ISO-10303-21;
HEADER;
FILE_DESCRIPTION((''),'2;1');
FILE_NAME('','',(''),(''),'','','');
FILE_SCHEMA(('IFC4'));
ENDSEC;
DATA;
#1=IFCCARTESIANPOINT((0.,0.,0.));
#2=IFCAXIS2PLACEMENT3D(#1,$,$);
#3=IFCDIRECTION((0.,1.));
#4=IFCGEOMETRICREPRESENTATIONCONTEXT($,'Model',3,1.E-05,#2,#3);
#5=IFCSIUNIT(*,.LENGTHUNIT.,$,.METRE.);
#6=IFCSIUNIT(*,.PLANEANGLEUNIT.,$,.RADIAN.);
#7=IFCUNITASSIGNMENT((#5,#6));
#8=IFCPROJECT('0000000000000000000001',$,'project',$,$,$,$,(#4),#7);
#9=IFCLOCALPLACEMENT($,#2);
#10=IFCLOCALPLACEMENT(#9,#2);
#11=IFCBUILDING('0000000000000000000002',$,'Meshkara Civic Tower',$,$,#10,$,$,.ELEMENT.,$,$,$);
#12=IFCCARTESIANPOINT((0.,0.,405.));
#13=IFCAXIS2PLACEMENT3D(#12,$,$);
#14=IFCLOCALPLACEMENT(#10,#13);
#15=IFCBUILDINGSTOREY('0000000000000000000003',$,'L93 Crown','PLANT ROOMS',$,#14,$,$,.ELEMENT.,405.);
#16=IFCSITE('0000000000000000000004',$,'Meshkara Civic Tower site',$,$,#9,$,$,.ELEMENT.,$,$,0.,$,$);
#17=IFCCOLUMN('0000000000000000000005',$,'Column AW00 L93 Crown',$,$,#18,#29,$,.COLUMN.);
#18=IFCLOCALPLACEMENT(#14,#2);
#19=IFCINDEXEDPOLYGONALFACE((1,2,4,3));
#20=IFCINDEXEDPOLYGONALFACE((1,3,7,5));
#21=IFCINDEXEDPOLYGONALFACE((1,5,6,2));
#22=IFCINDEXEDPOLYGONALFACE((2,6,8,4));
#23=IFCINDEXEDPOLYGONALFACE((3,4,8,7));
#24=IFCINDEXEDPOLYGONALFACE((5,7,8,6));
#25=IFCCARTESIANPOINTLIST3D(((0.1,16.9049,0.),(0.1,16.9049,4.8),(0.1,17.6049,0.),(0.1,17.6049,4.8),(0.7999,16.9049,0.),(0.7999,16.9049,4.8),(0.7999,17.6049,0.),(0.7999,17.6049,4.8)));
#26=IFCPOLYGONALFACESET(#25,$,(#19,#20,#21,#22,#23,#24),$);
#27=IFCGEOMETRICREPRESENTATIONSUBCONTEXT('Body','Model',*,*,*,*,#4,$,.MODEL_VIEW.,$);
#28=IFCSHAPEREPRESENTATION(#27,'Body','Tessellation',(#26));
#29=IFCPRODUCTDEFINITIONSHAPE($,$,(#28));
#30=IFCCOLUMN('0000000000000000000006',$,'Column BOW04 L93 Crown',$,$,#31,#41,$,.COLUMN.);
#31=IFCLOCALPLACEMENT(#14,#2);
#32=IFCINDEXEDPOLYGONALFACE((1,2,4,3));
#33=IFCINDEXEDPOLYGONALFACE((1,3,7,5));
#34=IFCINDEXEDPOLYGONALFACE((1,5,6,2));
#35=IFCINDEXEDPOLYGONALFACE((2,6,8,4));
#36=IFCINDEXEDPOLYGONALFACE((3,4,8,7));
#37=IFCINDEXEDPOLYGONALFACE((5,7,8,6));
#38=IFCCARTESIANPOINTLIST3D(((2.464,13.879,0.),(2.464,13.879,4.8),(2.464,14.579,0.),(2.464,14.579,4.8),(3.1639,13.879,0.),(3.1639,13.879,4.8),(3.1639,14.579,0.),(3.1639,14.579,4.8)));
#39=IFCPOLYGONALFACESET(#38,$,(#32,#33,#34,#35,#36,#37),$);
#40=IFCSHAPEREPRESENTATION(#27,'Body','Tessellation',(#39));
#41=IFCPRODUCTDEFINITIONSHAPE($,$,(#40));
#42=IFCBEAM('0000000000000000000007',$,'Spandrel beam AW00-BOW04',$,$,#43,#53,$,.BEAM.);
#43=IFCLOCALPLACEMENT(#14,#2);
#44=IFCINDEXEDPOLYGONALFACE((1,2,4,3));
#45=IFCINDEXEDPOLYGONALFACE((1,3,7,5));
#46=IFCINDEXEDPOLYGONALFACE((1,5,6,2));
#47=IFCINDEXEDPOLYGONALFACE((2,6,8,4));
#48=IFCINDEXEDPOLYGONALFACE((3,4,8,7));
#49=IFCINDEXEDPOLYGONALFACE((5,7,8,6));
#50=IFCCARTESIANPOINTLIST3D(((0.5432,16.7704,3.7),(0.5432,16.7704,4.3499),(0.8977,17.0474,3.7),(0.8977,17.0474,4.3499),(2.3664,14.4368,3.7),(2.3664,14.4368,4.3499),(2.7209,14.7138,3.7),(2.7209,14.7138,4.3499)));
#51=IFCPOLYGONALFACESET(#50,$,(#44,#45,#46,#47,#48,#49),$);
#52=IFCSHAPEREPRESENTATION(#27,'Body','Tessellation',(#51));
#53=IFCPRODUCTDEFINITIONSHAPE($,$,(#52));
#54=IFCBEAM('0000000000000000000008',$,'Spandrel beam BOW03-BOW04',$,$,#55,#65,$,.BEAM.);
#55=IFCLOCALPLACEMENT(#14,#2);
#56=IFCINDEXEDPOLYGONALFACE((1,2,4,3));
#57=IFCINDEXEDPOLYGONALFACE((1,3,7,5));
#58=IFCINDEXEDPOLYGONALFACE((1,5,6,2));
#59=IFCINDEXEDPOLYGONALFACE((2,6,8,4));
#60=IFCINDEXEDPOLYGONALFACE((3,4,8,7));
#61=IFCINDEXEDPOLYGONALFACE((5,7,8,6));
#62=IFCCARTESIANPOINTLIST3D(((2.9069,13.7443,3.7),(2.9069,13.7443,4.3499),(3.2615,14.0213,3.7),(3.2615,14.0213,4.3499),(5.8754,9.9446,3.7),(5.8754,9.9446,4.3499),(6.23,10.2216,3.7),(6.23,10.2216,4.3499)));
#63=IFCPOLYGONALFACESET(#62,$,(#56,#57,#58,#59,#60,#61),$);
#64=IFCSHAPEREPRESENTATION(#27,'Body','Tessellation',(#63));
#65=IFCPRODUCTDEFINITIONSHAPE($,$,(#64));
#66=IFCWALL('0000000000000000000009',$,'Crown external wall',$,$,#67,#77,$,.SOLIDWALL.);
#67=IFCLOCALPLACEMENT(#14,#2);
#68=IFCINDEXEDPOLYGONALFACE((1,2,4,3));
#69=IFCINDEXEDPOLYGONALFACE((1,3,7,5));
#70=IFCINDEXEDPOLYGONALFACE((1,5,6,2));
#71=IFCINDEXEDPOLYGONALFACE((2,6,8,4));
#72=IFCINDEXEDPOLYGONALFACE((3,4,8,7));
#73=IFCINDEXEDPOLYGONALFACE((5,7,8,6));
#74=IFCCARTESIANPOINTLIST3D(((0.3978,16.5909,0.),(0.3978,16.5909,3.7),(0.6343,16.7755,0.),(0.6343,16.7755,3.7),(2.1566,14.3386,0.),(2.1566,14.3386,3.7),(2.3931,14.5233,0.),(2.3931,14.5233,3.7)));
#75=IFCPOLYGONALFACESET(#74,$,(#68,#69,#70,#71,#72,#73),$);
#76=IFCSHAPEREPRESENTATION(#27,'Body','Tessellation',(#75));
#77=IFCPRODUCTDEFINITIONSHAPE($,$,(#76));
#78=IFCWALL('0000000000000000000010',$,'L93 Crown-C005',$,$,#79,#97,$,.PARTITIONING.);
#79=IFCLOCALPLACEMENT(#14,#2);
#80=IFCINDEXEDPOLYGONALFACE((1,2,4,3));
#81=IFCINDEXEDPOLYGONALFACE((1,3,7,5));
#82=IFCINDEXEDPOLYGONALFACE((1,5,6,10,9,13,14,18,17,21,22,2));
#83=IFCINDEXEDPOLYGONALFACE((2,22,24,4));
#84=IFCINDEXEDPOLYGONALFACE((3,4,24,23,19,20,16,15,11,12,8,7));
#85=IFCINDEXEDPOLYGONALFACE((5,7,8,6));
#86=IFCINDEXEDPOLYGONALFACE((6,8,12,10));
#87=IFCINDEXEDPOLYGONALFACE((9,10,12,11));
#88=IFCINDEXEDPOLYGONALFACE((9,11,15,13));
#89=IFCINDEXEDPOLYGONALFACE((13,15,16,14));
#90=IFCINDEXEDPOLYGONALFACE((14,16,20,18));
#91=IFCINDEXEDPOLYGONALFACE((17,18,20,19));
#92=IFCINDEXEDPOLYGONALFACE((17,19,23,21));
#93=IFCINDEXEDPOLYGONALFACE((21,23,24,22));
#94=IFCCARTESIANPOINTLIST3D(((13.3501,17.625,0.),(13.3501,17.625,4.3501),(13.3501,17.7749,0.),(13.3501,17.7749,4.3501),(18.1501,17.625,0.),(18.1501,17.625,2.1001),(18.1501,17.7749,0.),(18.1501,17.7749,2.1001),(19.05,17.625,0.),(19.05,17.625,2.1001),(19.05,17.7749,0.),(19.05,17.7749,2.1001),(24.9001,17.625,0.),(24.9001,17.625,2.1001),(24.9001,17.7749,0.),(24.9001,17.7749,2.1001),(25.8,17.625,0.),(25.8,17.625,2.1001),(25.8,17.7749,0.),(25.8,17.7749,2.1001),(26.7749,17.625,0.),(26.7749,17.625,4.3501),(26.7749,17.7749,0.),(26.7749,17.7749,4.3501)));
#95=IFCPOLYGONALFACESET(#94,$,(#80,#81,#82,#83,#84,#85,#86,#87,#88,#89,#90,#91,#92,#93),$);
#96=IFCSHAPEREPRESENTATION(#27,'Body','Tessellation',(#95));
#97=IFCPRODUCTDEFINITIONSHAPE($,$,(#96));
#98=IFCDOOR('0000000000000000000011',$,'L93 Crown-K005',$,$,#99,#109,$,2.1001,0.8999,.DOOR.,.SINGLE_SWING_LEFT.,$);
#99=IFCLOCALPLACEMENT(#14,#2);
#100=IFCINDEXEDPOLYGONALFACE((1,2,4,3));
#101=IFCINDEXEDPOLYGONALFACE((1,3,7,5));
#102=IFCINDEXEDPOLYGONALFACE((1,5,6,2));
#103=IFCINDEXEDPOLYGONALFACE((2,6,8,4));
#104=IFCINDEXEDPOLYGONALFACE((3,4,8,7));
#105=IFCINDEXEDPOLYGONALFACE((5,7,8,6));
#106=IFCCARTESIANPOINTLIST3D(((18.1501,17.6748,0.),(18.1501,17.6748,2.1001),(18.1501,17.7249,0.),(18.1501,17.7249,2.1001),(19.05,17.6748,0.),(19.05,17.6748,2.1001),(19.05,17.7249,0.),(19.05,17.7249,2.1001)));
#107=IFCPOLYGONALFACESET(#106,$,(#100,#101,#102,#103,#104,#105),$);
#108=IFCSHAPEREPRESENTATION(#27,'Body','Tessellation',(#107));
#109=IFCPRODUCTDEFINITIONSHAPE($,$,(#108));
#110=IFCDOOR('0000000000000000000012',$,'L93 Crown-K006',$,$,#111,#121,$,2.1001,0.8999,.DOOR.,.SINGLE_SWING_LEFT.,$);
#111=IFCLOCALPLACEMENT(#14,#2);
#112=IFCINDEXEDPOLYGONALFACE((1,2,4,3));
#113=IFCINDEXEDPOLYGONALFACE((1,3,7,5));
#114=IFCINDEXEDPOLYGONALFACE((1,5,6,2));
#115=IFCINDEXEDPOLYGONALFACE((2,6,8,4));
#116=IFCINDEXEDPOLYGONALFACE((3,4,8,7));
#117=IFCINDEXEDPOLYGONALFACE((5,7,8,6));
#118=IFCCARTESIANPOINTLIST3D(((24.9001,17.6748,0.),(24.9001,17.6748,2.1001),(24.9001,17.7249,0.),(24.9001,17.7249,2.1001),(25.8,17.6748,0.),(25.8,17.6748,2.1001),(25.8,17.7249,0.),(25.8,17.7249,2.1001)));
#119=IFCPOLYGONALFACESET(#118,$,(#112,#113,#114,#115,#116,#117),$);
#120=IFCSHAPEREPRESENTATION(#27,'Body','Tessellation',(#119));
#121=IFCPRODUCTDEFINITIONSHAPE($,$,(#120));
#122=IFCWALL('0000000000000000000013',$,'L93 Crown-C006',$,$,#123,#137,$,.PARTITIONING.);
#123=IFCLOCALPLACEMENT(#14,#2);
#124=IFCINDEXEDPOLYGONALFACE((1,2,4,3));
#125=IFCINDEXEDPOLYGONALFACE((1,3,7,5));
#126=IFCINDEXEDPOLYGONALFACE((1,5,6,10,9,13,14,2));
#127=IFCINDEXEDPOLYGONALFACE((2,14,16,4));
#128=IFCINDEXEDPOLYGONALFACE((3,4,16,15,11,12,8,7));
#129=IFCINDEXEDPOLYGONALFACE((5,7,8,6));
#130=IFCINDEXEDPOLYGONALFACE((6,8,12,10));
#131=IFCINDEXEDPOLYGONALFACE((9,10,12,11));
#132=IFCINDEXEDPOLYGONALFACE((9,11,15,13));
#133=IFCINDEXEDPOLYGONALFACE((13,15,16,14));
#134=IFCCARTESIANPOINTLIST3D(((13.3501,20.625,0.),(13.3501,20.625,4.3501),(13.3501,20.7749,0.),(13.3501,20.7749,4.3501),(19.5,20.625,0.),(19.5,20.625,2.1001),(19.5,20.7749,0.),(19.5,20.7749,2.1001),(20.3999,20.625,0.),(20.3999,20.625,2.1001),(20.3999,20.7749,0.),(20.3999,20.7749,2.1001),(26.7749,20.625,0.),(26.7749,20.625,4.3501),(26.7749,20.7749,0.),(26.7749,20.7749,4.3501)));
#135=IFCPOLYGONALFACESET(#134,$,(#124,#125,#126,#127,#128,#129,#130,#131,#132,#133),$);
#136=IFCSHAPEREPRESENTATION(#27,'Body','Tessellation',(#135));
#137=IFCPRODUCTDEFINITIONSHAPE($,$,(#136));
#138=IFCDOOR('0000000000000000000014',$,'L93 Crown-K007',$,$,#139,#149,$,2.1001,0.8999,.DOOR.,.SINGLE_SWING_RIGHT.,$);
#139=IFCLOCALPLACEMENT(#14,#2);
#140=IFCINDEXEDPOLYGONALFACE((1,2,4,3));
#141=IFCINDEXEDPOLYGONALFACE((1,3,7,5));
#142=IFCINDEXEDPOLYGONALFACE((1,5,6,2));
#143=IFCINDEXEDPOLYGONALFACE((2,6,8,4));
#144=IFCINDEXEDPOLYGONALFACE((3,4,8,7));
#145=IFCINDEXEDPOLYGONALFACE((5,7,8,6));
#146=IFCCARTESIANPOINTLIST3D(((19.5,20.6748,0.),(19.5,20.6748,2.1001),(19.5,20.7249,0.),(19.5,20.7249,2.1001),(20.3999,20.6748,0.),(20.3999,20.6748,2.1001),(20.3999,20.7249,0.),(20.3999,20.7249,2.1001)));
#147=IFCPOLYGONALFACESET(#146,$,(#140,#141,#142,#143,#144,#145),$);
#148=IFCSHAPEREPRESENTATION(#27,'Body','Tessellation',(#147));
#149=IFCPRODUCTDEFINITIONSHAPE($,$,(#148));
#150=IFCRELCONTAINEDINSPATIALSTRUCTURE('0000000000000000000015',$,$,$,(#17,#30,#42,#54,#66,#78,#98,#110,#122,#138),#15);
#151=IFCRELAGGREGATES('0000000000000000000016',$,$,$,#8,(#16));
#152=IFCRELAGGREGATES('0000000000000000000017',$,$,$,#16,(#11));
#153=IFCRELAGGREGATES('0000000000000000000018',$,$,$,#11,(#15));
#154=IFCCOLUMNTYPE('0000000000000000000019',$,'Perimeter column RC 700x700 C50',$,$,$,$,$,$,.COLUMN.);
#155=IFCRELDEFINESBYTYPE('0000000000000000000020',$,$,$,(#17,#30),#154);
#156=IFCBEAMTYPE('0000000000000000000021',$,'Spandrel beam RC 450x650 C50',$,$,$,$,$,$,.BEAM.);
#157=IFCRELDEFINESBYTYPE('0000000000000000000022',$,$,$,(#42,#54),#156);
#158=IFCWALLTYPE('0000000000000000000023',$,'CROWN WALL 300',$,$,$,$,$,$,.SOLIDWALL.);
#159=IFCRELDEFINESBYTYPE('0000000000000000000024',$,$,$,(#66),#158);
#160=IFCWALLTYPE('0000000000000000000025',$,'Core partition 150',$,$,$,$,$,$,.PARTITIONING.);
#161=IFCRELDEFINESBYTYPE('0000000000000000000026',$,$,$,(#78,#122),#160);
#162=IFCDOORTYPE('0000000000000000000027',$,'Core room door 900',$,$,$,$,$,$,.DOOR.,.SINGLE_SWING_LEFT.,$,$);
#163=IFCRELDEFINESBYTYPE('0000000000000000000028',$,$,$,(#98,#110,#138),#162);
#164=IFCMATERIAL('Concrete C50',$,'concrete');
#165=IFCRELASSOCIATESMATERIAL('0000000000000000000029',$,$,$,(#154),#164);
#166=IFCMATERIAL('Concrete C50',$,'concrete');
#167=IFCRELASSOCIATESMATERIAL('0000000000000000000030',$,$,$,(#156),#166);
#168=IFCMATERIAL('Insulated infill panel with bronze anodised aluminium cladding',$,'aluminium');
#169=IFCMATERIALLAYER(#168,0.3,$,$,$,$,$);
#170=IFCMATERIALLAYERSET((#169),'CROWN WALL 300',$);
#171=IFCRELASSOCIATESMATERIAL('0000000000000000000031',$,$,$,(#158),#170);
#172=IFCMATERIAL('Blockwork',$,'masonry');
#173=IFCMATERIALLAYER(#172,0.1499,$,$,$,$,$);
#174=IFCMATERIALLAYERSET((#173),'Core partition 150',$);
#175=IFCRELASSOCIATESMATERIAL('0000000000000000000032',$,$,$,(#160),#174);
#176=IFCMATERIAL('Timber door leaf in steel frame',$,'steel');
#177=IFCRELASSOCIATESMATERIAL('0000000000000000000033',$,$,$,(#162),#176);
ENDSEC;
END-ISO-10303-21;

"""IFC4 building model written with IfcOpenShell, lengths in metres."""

from ifc_helpers import new_model, si_unit, direction, frame, frame_2d, origin, origin_2d, place, context, subcontext, project, spatial, rectangle, extrude, material, layer, layer_set, material_profile, profile_set, type_object, element, fill, save


model = new_model("IFC4")

# Units and contexts
model_context = context("Model", 3, precision=1e-05, world=origin(), true_north=direction((0.0, 1.0)))
body_context = subcontext(model_context, "Body", "Model", "MODEL_VIEW")
ifc_project = project(units=[si_unit("LENGTHUNIT", "METRE"), si_unit("PLANEANGLEUNIT", "RADIAN")], contexts=[model_context])

# Site, building, storey
site_placement = place(None, origin())
site = spatial("IfcSite", under=ifc_project, at=site_placement, Name="Meshkara Civic Tower site", CompositionType="ELEMENT", RefElevation=0.0)
building_placement = place(site_placement, origin())
building = spatial("IfcBuilding", under=site, at=building_placement, Name="Meshkara Civic Tower", CompositionType="ELEMENT")
storey_placement = place(building_placement, frame((0.0, 0.0, 405.0)))
storey = spatial("IfcBuildingStorey", under=building, at=storey_placement, Name="L93 Crown", Description="PLANT ROOMS", CompositionType="ELEMENT", Elevation=405.0)

# Columns
ifc_material_1 = material(Name="Concrete C50", Category="concrete")
ifc_material_profile_1 = material_profile(ifc_material_1, rectangle(XDim=0.7, YDim=0.7, at=origin_2d()))
ifc_profile_set_1 = profile_set([ifc_material_profile_1], Name="Concrete C50")
column_type = type_object("IfcColumnType", Name="Perimeter column RC 700x700 C50", PredefinedType="COLUMN", material=ifc_profile_set_1)
for number, where, z_axis, x_axis, name in (
    (1, (0.45, 17.2549, 0.0), (0.0, 0.0, 1.0), (1.0, 0.0, 0.0), "Column AW00 L93 Crown"),
    (2, (2.814, 14.229, 0.0), (0.0, 0.0, 1.0), (1.0, 0.0, 0.0), "Column BOW04 L93 Crown"),
):
    element("IfcColumn", number, at=place(storey_placement, frame(where, z_axis=z_axis, x_axis=x_axis)), inside=storey, type_object=column_type, Name=name, PredefinedType="COLUMN", context=body_context, shape_type="SweptSolid", body=[
        extrude(rectangle(XDim=0.7, YDim=0.7, at=origin_2d()), origin(), (0.0, 0.0, 1.0), 4.8),
    ])

# Beams
ifc_material_2 = material(Name="Concrete C50", Category="concrete")
ifc_material_profile_2 = material_profile(ifc_material_2, rectangle(XDim=0.45, YDim=0.6499, at=origin_2d()))
ifc_profile_set_2 = profile_set([ifc_material_profile_2], Name="Concrete C50")
beam_type = type_object("IfcBeamType", Name="Spandrel beam RC 450x650 C50", PredefinedType="BEAM", material=ifc_profile_set_2)
beam_1_placement = place(storey_placement, frame((0.7205, 16.9089, 4.0249), z_axis=(0.615646, -0.788023, 0.0), x_axis=(0.788023, 0.615646, 0.0)))
element("IfcBeam", 3, at=beam_1_placement, inside=storey, type_object=beam_type, Name="Spandrel beam AW00-BOW04", PredefinedType="BEAM", context=body_context, shape_type="SweptSolid", body=[
    extrude(rectangle(XDim=0.45, YDim=0.6499, at=origin_2d()), origin(), (0.0, 0.0, 1.0), 2.9614),
])
beam_2_placement = place(storey_placement, frame((3.0842, 13.8828, 4.0249), z_axis=(0.615632, -0.788034, 0.0), x_axis=(0.788034, 0.615632, 0.0)))
element("IfcBeam", 4, at=beam_2_placement, inside=storey, type_object=beam_type, Name="Spandrel beam BOW03-BOW04", PredefinedType="BEAM", context=body_context, shape_type="SweptSolid", body=[
    extrude(rectangle(XDim=0.45, YDim=0.6499, at=origin_2d()), origin(), (0.0, 0.0, 1.0), 4.8218),
])

# Wall
ifc_material_3 = material(Name="Insulated infill panel with bronze anodised aluminium cladding", Category="aluminium")
ifc_layer_1 = layer(ifc_material_3, 0.3)
ifc_layer_set_1 = layer_set([ifc_layer_1], Name="CROWN WALL 300")
wall_type_1 = type_object("IfcWallType", Name="CROWN WALL 300", PredefinedType="SOLIDWALL", material=ifc_layer_set_1)
wall_1_placement = place(storey_placement, frame((0.5161, 16.6831, 0.0), z_axis=(0.0, 0.0, 1.0), x_axis=(0.615483, -0.78815, 0.0)))
element("IfcWall", 5, at=wall_1_placement, inside=storey, type_object=wall_type_1, Name="Crown external wall", PredefinedType="SOLIDWALL", context=body_context, shape_type="SweptSolid", body=[
    extrude(rectangle(XDim=2.8577, YDim=0.3, at=frame_2d((1.4287, 0.0))), origin(), (0.0, 0.0, 1.0), 3.7),
])

# Wall, openings, doors
ifc_material_4 = material(Name="Blockwork", Category="masonry")
ifc_layer_2 = layer(ifc_material_4, 0.1499)
ifc_layer_set_2 = layer_set([ifc_layer_2], Name="Core partition 150")
wall_type_2 = type_object("IfcWallType", Name="Core partition 150", PredefinedType="PARTITIONING", material=ifc_layer_set_2)
wall_2_placement = place(storey_placement, frame((13.3501, 17.7, 0.0), z_axis=(0.0, 0.0, 1.0), x_axis=(1.0, 0.0, 0.0)))
wall_2 = element("IfcWall", 6, at=wall_2_placement, inside=storey, type_object=wall_type_2, Name="L93 Crown-C005", PredefinedType="PARTITIONING", context=body_context, shape_type="SweptSolid", body=[
    extrude(rectangle(XDim=13.4248, YDim=0.1499, at=frame_2d((6.7124, 0.0))), origin(), (0.0, 0.0, 1.0), 4.3501),
])
opening_1_placement = place(wall_2_placement, frame((4.8, 0.0, 0.0)))
opening_1 = element("IfcOpeningElement", 7, at=opening_1_placement, cuts=wall_2, PredefinedType="OPENING", context=body_context, shape_type="SweptSolid", body=[
    extrude(rectangle(XDim=0.8999, YDim=2.1001, at=frame_2d((0.45, 1.05))), frame((0.0, 0.085, 0.0), z_axis=(0.0, -1.0, 0.0), x_axis=(1.0, 0.0, 0.0)), (0.0, 0.0, 1.0), 0.1699),
])
opening_2_placement = place(wall_2_placement, frame((11.55, 0.0, 0.0)))
opening_2 = element("IfcOpeningElement", 8, at=opening_2_placement, cuts=wall_2, PredefinedType="OPENING", context=body_context, shape_type="SweptSolid", body=[
    extrude(rectangle(XDim=0.8999, YDim=2.1001, at=frame_2d((0.45, 1.05))), frame((0.0, 0.085, 0.0), z_axis=(0.0, -1.0, 0.0), x_axis=(1.0, 0.0, 0.0)), (0.0, 0.0, 1.0), 0.1699),
])
ifc_material_5 = material(Name="Timber door leaf in steel frame", Category="steel")
door_type_1 = type_object("IfcDoorType", Name="Core room door 900", OperationType="SINGLE_SWING_LEFT", PredefinedType="DOOR", material=ifc_material_5)
door_1_placement = place(opening_1_placement, origin())
door_1 = element("IfcDoor", 9, at=door_1_placement, inside=storey, type_object=door_type_1, Name="L93 Crown-K005", OperationType="SINGLE_SWING_LEFT", OverallHeight=2.1001, OverallWidth=0.8999, PredefinedType="DOOR", context=body_context, shape_type="SweptSolid", body=[
    extrude(rectangle(XDim=0.8999, YDim=2.1001, at=frame_2d((0.45, 1.05))), frame((0.0, 0.0249, 0.0), z_axis=(0.0, -1.0, 0.0), x_axis=(1.0, 0.0, 0.0)), (0.0, 0.0, 1.0), 0.05),
])
fill(opening_1, door_1)
door_2_placement = place(opening_2_placement, origin())
door_2 = element("IfcDoor", 10, at=door_2_placement, inside=storey, type_object=door_type_1, Name="L93 Crown-K006", OperationType="SINGLE_SWING_LEFT", OverallHeight=2.1001, OverallWidth=0.8999, PredefinedType="DOOR", context=body_context, shape_type="SweptSolid", body=[
    extrude(rectangle(XDim=0.8999, YDim=2.1001, at=frame_2d((0.45, 1.05))), frame((0.0, 0.0249, 0.0), z_axis=(0.0, -1.0, 0.0), x_axis=(1.0, 0.0, 0.0)), (0.0, 0.0, 1.0), 0.05),
])
fill(opening_2, door_2)

# Wall, opening, door
wall_3_placement = place(storey_placement, frame((13.3501, 20.7, 0.0), z_axis=(0.0, 0.0, 1.0), x_axis=(1.0, 0.0, 0.0)))
wall_3 = element("IfcWall", 11, at=wall_3_placement, inside=storey, type_object=wall_type_2, Name="L93 Crown-C006", PredefinedType="PARTITIONING", context=body_context, shape_type="SweptSolid", body=[
    extrude(rectangle(XDim=13.4248, YDim=0.1499, at=frame_2d((6.7124, 0.0))), origin(), (0.0, 0.0, 1.0), 4.3501),
])
opening_3_placement = place(wall_3_placement, frame((6.1499, 0.0, 0.0)))
opening_3 = element("IfcOpeningElement", 12, at=opening_3_placement, cuts=wall_3, PredefinedType="OPENING", context=body_context, shape_type="SweptSolid", body=[
    extrude(rectangle(XDim=0.8999, YDim=2.1001, at=frame_2d((0.45, 1.05))), frame((0.0, 0.085, 0.0), z_axis=(0.0, -1.0, 0.0), x_axis=(1.0, 0.0, 0.0)), (0.0, 0.0, 1.0), 0.1699),
])
door_3_placement = place(opening_3_placement, origin())
door_3 = element("IfcDoor", 13, at=door_3_placement, inside=storey, type_object=door_type_1, Name="L93 Crown-K007", OperationType="SINGLE_SWING_RIGHT", OverallHeight=2.1001, OverallWidth=0.8999, PredefinedType="DOOR", context=body_context, shape_type="SweptSolid", body=[
    extrude(rectangle(XDim=0.8999, YDim=2.1001, at=frame_2d((0.45, 1.05))), frame((0.0, 0.0249, 0.0), z_axis=(0.0, -1.0, 0.0), x_axis=(1.0, 0.0, 0.0)), (0.0, 0.0, 1.0), 0.05),
])
fill(opening_3, door_3)

save(model, "model.ifc")
